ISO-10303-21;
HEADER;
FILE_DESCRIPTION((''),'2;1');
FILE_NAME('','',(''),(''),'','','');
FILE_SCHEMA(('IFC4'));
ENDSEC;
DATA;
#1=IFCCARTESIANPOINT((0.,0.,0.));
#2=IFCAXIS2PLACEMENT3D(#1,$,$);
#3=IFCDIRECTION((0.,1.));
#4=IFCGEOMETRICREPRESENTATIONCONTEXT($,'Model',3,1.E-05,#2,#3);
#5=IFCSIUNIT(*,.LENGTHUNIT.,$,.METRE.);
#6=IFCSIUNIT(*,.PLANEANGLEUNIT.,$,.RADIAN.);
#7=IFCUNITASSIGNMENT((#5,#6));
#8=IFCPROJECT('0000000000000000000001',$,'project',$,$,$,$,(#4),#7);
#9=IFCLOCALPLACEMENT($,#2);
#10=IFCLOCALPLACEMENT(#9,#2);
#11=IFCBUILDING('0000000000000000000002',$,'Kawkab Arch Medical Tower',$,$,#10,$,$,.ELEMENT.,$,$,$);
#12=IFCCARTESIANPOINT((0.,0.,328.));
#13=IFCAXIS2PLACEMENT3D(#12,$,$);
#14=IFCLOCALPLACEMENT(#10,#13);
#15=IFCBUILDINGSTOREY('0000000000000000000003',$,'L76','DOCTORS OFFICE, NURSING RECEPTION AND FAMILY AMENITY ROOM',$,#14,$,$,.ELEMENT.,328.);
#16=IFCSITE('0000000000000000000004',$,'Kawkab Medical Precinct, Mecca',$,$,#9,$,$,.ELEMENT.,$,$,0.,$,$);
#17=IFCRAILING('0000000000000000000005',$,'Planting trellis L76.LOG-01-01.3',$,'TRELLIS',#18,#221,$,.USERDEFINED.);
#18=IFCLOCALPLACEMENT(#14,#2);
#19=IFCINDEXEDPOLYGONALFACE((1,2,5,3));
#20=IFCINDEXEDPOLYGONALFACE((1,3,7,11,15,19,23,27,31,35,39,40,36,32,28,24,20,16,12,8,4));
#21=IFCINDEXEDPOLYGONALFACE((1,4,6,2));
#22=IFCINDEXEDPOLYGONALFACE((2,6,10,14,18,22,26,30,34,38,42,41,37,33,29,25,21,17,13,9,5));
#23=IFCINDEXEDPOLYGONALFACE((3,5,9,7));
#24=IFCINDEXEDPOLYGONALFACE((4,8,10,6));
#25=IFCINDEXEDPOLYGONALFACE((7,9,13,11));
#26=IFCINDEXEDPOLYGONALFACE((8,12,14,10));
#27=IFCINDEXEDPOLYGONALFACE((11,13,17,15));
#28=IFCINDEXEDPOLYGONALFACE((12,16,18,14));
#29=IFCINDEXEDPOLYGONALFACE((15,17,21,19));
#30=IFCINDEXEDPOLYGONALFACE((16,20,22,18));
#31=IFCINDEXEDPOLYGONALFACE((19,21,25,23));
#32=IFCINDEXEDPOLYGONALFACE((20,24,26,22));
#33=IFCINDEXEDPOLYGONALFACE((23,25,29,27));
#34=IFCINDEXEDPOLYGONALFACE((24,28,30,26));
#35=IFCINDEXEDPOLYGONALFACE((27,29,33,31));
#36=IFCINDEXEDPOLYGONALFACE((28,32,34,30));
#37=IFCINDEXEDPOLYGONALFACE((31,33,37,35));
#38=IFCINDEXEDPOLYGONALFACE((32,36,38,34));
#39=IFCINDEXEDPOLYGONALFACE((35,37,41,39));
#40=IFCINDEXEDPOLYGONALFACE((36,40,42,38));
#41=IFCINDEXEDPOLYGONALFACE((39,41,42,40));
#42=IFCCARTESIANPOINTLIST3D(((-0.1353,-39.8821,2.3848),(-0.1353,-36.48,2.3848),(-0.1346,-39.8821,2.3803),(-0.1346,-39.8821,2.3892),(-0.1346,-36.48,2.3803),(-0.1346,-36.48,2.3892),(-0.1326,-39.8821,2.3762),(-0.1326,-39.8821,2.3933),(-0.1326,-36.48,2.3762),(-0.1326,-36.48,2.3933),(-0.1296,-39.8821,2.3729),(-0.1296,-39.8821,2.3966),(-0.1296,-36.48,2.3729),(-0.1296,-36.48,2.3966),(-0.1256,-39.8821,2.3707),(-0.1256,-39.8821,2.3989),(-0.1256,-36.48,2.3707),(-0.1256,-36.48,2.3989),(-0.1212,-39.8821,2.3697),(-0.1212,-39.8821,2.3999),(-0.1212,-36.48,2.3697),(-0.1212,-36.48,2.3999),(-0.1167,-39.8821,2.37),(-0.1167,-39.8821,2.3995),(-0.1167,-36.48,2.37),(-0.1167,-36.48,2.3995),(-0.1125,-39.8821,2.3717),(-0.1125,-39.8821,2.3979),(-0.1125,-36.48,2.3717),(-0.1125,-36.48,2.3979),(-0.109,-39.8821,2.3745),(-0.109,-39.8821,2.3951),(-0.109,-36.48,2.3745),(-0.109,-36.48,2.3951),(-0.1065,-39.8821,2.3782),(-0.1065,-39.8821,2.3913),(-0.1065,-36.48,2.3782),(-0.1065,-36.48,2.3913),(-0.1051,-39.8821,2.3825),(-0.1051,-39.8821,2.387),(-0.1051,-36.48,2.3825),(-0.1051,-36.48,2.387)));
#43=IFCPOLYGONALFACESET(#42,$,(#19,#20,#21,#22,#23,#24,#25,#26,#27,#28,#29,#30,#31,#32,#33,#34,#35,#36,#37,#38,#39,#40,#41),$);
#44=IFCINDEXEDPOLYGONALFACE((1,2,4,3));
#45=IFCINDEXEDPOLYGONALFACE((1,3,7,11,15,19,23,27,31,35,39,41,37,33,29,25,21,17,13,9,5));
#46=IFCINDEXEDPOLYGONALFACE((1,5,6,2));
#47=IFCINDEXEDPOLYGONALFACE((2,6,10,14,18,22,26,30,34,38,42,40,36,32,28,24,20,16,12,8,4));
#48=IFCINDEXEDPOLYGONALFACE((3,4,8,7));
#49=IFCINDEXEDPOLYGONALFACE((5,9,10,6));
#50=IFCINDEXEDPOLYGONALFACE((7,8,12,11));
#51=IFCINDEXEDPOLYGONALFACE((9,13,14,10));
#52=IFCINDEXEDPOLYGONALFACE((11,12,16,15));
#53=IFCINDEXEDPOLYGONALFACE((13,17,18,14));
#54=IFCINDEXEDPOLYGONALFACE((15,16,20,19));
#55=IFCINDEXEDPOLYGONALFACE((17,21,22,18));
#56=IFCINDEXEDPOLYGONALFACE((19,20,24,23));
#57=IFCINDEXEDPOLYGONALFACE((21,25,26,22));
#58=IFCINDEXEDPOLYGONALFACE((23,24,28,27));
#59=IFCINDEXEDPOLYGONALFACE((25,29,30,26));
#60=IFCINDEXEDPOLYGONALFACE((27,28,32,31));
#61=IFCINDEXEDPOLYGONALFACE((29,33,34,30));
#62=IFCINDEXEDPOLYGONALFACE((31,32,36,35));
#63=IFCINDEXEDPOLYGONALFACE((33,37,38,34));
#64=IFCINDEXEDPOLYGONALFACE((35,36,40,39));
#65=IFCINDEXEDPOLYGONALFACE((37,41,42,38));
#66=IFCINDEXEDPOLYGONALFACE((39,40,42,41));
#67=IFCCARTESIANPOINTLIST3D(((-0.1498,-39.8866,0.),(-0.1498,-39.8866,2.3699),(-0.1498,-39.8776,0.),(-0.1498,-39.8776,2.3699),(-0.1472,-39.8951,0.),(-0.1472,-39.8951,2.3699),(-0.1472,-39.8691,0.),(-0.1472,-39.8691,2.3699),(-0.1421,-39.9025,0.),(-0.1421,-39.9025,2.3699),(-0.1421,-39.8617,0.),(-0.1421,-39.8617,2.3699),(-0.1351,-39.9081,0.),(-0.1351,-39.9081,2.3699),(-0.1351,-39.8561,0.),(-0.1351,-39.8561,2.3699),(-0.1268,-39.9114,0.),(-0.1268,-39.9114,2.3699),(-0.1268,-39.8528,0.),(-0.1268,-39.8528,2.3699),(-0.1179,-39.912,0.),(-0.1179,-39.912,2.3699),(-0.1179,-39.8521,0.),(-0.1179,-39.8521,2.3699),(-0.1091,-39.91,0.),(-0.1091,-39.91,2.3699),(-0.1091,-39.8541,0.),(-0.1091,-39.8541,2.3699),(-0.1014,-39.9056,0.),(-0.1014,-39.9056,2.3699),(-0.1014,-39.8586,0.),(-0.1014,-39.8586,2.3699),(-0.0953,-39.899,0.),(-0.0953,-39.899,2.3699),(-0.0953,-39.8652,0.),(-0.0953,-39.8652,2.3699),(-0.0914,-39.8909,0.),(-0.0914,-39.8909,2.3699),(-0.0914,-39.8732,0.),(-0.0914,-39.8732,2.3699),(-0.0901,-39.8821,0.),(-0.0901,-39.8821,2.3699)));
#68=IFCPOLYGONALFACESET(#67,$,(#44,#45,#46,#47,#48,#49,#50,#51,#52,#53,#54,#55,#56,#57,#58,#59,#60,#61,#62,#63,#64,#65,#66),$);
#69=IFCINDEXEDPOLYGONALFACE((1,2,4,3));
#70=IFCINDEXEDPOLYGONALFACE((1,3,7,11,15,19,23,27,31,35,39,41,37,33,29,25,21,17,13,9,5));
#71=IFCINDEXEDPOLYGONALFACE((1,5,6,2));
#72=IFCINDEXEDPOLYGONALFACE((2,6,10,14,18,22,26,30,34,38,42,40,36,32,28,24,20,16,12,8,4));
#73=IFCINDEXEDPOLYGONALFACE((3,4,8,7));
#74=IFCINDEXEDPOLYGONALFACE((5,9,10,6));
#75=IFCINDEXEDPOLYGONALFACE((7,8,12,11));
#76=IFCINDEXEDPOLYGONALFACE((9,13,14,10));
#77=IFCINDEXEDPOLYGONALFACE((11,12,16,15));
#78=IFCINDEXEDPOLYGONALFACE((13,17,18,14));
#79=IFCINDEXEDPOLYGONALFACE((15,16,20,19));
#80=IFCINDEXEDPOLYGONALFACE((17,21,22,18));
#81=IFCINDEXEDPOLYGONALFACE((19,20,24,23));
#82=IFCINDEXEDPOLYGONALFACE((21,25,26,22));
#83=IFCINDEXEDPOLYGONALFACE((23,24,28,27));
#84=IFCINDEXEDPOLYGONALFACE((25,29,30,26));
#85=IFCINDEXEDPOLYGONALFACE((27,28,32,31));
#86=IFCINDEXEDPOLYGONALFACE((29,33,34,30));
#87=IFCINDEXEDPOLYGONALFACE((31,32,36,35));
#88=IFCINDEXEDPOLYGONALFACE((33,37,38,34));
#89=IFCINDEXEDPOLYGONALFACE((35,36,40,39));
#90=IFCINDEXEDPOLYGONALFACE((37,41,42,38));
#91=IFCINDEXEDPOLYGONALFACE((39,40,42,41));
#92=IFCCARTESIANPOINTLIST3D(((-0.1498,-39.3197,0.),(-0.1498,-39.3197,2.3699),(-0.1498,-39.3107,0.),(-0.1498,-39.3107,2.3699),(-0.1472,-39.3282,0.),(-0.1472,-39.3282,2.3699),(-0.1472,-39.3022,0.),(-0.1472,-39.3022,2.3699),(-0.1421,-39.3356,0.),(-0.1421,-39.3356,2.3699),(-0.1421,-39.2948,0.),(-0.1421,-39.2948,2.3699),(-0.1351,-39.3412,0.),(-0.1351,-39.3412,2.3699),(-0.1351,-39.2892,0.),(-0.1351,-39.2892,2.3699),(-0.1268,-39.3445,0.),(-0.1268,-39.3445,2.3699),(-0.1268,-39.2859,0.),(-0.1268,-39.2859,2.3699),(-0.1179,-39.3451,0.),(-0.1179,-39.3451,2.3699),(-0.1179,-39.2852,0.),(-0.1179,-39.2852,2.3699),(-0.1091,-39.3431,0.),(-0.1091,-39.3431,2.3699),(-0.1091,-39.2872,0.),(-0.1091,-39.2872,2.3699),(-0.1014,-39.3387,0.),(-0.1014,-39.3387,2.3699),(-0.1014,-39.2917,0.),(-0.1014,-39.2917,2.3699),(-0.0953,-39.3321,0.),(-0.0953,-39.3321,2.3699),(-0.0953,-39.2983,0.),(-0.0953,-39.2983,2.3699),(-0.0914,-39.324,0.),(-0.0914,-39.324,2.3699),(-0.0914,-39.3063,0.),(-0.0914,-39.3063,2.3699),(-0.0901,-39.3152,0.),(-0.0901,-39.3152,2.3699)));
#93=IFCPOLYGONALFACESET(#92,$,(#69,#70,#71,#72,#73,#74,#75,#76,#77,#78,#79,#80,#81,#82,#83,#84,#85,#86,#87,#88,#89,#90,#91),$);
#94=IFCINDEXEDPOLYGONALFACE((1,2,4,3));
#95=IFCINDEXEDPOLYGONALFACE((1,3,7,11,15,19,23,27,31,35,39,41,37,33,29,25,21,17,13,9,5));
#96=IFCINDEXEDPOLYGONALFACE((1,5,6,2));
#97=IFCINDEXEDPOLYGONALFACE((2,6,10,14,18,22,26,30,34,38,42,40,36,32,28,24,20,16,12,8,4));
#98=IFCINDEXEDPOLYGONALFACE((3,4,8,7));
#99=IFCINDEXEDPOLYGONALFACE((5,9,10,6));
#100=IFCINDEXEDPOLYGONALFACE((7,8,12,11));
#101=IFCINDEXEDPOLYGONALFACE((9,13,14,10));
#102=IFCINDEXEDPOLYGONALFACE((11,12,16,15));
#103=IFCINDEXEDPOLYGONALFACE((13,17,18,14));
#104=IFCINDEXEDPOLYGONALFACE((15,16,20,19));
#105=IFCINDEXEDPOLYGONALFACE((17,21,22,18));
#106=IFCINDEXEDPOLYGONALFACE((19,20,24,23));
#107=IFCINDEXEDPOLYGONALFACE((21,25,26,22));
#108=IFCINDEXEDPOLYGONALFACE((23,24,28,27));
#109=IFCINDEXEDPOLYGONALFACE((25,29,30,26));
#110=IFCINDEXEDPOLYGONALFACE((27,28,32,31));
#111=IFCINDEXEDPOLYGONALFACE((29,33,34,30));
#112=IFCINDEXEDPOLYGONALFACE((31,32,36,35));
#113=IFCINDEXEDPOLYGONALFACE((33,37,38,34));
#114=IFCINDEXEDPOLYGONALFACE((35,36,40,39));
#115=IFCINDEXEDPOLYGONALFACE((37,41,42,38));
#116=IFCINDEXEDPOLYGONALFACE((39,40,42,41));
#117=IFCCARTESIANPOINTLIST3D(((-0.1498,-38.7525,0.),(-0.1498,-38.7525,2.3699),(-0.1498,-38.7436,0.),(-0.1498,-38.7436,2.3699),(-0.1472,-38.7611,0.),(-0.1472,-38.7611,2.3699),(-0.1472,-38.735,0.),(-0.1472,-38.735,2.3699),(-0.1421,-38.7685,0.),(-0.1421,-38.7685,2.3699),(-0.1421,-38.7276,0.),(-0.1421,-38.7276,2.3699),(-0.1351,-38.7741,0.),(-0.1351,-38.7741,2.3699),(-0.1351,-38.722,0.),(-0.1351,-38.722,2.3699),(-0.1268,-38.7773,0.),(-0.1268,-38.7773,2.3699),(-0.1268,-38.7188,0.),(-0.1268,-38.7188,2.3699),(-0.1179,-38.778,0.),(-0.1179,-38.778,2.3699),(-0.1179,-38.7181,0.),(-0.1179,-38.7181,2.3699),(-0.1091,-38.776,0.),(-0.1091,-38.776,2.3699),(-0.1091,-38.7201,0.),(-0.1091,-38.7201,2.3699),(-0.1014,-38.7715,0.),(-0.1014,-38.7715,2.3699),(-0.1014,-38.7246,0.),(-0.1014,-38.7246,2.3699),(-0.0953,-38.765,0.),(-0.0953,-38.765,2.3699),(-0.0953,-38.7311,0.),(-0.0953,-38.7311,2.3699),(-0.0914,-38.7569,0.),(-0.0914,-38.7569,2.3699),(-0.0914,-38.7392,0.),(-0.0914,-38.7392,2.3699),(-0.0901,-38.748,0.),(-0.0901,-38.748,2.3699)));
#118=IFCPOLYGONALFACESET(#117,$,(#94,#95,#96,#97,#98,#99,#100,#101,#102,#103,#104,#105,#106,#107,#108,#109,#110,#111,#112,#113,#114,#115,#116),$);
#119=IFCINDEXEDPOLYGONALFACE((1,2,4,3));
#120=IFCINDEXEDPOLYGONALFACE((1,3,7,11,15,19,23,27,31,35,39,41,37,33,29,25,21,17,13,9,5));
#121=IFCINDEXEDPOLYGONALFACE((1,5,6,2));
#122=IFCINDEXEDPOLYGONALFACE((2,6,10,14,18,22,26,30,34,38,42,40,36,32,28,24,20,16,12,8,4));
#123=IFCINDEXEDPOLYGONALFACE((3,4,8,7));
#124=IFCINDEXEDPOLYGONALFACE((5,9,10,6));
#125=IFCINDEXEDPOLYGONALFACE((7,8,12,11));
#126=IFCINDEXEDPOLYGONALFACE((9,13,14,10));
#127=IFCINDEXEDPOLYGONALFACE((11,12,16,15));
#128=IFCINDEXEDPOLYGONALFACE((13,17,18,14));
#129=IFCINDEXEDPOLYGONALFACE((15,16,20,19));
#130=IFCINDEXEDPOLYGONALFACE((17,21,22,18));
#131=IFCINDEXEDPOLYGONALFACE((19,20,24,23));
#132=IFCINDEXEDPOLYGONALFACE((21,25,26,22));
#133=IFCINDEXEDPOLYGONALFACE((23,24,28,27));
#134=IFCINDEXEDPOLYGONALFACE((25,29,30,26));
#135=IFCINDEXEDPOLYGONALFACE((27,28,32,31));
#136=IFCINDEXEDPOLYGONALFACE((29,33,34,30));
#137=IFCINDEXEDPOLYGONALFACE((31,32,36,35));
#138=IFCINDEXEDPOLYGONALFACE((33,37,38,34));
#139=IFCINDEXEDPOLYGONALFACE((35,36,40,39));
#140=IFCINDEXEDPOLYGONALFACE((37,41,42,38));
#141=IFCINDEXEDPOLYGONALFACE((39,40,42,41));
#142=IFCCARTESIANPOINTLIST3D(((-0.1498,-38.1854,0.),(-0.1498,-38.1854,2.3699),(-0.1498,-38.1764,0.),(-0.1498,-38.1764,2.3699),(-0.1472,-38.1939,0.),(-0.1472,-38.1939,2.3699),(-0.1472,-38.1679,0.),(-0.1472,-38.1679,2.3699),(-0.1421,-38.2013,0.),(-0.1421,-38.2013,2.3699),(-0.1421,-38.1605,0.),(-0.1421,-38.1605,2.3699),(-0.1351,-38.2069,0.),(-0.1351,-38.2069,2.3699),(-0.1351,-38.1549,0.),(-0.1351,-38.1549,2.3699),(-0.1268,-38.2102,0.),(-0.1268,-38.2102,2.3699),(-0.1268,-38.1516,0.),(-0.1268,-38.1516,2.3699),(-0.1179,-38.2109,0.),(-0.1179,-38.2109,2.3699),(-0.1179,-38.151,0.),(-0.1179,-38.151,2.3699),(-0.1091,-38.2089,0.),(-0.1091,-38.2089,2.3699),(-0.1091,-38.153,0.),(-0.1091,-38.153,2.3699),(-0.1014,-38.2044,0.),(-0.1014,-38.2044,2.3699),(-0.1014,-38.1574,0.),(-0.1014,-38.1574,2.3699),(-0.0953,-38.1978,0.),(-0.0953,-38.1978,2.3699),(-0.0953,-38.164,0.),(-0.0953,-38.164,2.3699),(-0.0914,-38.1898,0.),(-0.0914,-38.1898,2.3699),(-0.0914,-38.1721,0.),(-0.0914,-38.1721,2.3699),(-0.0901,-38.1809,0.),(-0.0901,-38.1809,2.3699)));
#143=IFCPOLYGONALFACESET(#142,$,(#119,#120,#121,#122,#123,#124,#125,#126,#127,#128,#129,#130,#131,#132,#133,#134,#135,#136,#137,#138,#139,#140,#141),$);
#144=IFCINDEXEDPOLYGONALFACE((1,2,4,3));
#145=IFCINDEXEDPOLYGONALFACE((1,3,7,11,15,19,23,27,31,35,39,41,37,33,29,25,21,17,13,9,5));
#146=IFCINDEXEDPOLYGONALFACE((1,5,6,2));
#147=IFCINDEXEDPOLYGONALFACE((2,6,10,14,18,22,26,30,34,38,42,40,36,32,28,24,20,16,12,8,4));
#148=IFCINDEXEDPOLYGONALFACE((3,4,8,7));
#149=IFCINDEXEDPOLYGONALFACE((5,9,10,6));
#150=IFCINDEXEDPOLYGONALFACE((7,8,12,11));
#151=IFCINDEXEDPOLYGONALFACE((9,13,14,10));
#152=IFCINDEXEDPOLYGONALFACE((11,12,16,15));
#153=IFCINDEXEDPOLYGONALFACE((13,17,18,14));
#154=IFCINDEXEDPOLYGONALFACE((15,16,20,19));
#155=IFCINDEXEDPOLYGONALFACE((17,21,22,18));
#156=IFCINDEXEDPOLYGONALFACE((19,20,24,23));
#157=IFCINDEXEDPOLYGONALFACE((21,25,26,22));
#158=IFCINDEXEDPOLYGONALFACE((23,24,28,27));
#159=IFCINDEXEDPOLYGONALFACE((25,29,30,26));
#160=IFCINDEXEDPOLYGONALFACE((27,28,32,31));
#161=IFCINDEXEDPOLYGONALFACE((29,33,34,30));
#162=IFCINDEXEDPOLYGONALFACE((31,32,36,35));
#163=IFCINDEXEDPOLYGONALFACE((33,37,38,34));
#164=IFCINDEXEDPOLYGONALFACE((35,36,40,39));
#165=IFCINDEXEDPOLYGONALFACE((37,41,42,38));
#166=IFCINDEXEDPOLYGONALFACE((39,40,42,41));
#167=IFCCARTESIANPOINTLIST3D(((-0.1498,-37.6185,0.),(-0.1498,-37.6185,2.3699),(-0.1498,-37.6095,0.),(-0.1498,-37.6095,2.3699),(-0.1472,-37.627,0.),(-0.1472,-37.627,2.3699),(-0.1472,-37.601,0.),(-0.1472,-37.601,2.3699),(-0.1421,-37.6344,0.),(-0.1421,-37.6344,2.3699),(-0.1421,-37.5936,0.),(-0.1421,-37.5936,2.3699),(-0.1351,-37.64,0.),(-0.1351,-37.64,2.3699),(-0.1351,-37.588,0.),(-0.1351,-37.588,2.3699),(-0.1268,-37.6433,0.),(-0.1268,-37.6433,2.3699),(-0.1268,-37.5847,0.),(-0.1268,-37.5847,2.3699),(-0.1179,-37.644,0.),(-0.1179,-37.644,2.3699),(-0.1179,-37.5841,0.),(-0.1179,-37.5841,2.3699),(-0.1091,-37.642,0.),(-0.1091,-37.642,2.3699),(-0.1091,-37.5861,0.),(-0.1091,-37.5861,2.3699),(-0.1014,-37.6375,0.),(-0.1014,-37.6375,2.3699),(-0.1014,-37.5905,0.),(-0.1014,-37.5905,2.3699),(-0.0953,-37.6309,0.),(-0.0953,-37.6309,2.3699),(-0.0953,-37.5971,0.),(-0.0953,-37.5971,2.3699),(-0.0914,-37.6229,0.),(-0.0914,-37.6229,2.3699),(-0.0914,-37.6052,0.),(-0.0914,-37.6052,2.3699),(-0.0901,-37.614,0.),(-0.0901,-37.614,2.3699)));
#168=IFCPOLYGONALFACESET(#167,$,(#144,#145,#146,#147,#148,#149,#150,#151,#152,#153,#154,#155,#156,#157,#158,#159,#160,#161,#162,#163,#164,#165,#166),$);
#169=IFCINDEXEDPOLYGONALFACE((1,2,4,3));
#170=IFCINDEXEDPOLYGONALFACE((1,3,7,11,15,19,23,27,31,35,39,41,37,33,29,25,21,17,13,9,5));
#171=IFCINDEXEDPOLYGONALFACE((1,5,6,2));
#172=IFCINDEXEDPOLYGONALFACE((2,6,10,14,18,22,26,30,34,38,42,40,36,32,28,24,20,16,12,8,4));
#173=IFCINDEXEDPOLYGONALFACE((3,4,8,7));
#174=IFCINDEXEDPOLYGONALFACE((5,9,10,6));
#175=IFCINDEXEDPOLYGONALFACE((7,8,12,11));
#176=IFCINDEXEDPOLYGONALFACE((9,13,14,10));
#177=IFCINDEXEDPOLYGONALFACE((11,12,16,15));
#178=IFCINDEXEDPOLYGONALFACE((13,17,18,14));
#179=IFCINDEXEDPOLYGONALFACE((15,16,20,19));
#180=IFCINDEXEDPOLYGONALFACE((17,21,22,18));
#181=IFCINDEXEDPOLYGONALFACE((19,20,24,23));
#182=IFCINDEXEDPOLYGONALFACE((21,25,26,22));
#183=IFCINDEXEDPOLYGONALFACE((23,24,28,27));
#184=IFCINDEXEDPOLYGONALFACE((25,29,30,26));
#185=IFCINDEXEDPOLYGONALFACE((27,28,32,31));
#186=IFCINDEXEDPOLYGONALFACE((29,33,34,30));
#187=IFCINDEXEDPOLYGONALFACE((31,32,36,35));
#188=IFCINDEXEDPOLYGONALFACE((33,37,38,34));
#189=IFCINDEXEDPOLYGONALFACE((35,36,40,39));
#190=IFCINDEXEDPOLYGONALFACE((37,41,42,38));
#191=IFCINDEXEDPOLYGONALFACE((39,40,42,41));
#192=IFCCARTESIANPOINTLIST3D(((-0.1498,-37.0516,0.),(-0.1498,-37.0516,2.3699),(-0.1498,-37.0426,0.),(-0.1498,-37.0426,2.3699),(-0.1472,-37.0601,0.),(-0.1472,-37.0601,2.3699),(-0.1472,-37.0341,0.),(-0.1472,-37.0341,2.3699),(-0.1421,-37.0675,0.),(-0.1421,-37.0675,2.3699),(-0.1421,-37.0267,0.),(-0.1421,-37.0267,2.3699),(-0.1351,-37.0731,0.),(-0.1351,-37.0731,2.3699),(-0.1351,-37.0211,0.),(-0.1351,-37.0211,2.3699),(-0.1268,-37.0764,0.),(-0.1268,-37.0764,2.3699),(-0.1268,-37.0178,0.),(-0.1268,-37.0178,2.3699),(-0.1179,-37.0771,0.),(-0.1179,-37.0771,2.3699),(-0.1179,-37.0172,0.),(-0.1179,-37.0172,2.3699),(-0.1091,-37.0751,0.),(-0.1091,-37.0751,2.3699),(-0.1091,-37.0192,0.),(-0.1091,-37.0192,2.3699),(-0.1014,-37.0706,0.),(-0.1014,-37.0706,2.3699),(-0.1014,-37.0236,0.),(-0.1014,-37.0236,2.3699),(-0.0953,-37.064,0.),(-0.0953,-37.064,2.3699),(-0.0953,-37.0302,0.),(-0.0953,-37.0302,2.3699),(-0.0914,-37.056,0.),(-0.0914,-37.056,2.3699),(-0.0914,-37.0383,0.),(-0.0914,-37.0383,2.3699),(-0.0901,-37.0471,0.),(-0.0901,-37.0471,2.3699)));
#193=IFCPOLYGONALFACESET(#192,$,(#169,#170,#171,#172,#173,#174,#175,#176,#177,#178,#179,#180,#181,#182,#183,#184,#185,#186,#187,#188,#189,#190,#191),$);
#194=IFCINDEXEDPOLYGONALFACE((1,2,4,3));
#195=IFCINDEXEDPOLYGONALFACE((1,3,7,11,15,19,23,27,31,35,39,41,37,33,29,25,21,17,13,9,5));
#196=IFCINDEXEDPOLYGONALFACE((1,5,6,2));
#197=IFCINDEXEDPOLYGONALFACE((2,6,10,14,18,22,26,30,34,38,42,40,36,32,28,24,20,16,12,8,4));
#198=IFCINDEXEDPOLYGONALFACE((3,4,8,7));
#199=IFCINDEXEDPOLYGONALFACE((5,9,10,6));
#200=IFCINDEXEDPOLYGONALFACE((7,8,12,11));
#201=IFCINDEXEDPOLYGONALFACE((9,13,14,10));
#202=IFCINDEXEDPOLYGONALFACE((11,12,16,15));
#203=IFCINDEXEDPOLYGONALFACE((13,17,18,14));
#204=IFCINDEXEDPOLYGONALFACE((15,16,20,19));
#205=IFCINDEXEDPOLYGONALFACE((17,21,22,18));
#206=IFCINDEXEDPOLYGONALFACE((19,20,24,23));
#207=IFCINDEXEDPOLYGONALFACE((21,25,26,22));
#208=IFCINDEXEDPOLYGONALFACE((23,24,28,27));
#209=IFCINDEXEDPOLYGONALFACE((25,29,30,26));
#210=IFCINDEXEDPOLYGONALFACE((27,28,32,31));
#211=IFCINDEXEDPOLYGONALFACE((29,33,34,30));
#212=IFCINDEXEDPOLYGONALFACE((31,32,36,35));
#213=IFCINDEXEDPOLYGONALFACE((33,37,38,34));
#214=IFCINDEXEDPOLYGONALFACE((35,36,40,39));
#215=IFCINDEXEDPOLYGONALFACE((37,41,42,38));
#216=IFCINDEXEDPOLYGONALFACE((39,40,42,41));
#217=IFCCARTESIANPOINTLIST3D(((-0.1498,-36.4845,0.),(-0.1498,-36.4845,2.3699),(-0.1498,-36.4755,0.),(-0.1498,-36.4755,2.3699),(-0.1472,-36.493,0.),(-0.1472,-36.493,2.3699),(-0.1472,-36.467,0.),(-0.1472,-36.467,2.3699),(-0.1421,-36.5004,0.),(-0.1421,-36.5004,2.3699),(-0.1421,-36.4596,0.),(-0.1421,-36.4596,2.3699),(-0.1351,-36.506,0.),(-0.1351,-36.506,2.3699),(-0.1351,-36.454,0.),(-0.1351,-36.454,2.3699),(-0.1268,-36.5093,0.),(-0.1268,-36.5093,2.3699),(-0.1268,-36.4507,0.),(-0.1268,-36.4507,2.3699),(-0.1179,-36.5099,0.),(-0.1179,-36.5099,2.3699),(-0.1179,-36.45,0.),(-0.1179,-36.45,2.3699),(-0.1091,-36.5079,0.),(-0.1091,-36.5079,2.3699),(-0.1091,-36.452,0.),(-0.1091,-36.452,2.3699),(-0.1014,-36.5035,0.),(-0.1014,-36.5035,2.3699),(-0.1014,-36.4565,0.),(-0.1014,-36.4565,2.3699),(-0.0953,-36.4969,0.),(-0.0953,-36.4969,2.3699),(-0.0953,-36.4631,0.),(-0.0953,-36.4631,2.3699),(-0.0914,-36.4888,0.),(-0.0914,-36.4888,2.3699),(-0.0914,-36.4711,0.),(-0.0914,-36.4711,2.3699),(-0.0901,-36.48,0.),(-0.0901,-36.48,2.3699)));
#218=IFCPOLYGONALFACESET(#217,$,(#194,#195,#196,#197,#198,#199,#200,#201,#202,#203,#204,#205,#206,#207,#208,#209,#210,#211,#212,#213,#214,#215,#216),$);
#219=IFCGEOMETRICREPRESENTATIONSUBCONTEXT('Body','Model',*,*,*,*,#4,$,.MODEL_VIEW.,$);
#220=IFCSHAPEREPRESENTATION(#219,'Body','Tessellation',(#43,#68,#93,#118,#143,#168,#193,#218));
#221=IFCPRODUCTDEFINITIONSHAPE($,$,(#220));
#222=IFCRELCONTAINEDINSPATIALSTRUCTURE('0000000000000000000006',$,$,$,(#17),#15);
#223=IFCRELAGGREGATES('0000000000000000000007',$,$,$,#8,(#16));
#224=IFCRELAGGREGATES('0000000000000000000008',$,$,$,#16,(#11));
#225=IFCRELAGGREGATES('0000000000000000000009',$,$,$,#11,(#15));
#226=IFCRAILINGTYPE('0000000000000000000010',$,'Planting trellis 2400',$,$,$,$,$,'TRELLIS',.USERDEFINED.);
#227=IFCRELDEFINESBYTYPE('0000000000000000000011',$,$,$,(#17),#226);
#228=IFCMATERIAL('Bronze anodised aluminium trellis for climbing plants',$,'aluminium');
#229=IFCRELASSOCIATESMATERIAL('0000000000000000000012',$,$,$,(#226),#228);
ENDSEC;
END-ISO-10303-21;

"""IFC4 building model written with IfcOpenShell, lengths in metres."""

from ifc_helpers import new_model, si_unit, direction, frame, origin, origin_2d, place, context, subcontext, project, spatial, circle, extrude, material, type_object, element, save


model = new_model("IFC4")

# Units and contexts
model_context = context("Model", 3, precision=1e-05, world=origin(), true_north=direction((0.0, 1.0)))
body_context = subcontext(model_context, "Body", "Model", "MODEL_VIEW")
ifc_project = project(units=[si_unit("LENGTHUNIT", "METRE"), si_unit("PLANEANGLEUNIT", "RADIAN")], contexts=[model_context])

# Site, building, storey
site_placement = place(None, origin())
site = spatial("IfcSite", under=ifc_project, at=site_placement, Name="Kawkab Medical Precinct, Mecca", CompositionType="ELEMENT", RefElevation=0.0)
building_placement = place(site_placement, origin())
building = spatial("IfcBuilding", under=site, at=building_placement, Name="Kawkab Arch Medical Tower", CompositionType="ELEMENT")
storey_placement = place(building_placement, frame((0.0, 0.0, 328.0)))
storey = spatial("IfcBuildingStorey", under=building, at=storey_placement, Name="L76", Description="DOCTORS OFFICE, NURSING RECEPTION AND FAMILY AMENITY ROOM", CompositionType="ELEMENT", Elevation=328.0)

# Railing
ifc_material_1 = material(Name="Bronze anodised aluminium trellis for climbing plants", Category="aluminium")
railing_type_1 = type_object("IfcRailingType", Name="Planting trellis 2400", ElementType="TRELLIS", PredefinedType="USERDEFINED", material=ifc_material_1)
railing_1_placement = place(storey_placement, frame((-0.1201, -39.8821, 0.0)))
element("IfcRailing", 1, at=railing_1_placement, inside=storey, type_object=railing_type_1, Name="Planting trellis L76.LOG-01-01.3", ObjectType="TRELLIS", PredefinedType="USERDEFINED", context=body_context, shape_type="SweptSolid", body=[
    extrude(circle(Radius=0.0151, at=origin_2d()), frame((0.0, 0.0, 2.3848), z_axis=(0.0, 1.0, 0.0), x_axis=(-1.0, 0.0, 0.0)), (0.0, 0.0, 1.0), 3.4021),
    extrude(circle(Radius=0.03, at=origin_2d()), origin(), (0.0, 0.0, 1.0), 2.3699),
    extrude(circle(Radius=0.03, at=origin_2d()), frame((0.0, 0.5669, 0.0)), (0.0, 0.0, 1.0), 2.3699),
    extrude(circle(Radius=0.03, at=origin_2d()), frame((0.0, 1.134, 0.0)), (0.0, 0.0, 1.0), 2.3699),
    extrude(circle(Radius=0.03, at=origin_2d()), frame((0.0, 1.7012, 0.0)), (0.0, 0.0, 1.0), 2.3699),
    extrude(circle(Radius=0.03, at=origin_2d()), frame((0.0, 2.2681, 0.0)), (0.0, 0.0, 1.0), 2.3699),
    extrude(circle(Radius=0.03, at=origin_2d()), frame((0.0, 2.835, 0.0)), (0.0, 0.0, 1.0), 2.3699),
    extrude(circle(Radius=0.03, at=origin_2d()), frame((0.0, 3.4021, 0.0)), (0.0, 0.0, 1.0), 2.3699),
])

save(model, "model.ifc")
